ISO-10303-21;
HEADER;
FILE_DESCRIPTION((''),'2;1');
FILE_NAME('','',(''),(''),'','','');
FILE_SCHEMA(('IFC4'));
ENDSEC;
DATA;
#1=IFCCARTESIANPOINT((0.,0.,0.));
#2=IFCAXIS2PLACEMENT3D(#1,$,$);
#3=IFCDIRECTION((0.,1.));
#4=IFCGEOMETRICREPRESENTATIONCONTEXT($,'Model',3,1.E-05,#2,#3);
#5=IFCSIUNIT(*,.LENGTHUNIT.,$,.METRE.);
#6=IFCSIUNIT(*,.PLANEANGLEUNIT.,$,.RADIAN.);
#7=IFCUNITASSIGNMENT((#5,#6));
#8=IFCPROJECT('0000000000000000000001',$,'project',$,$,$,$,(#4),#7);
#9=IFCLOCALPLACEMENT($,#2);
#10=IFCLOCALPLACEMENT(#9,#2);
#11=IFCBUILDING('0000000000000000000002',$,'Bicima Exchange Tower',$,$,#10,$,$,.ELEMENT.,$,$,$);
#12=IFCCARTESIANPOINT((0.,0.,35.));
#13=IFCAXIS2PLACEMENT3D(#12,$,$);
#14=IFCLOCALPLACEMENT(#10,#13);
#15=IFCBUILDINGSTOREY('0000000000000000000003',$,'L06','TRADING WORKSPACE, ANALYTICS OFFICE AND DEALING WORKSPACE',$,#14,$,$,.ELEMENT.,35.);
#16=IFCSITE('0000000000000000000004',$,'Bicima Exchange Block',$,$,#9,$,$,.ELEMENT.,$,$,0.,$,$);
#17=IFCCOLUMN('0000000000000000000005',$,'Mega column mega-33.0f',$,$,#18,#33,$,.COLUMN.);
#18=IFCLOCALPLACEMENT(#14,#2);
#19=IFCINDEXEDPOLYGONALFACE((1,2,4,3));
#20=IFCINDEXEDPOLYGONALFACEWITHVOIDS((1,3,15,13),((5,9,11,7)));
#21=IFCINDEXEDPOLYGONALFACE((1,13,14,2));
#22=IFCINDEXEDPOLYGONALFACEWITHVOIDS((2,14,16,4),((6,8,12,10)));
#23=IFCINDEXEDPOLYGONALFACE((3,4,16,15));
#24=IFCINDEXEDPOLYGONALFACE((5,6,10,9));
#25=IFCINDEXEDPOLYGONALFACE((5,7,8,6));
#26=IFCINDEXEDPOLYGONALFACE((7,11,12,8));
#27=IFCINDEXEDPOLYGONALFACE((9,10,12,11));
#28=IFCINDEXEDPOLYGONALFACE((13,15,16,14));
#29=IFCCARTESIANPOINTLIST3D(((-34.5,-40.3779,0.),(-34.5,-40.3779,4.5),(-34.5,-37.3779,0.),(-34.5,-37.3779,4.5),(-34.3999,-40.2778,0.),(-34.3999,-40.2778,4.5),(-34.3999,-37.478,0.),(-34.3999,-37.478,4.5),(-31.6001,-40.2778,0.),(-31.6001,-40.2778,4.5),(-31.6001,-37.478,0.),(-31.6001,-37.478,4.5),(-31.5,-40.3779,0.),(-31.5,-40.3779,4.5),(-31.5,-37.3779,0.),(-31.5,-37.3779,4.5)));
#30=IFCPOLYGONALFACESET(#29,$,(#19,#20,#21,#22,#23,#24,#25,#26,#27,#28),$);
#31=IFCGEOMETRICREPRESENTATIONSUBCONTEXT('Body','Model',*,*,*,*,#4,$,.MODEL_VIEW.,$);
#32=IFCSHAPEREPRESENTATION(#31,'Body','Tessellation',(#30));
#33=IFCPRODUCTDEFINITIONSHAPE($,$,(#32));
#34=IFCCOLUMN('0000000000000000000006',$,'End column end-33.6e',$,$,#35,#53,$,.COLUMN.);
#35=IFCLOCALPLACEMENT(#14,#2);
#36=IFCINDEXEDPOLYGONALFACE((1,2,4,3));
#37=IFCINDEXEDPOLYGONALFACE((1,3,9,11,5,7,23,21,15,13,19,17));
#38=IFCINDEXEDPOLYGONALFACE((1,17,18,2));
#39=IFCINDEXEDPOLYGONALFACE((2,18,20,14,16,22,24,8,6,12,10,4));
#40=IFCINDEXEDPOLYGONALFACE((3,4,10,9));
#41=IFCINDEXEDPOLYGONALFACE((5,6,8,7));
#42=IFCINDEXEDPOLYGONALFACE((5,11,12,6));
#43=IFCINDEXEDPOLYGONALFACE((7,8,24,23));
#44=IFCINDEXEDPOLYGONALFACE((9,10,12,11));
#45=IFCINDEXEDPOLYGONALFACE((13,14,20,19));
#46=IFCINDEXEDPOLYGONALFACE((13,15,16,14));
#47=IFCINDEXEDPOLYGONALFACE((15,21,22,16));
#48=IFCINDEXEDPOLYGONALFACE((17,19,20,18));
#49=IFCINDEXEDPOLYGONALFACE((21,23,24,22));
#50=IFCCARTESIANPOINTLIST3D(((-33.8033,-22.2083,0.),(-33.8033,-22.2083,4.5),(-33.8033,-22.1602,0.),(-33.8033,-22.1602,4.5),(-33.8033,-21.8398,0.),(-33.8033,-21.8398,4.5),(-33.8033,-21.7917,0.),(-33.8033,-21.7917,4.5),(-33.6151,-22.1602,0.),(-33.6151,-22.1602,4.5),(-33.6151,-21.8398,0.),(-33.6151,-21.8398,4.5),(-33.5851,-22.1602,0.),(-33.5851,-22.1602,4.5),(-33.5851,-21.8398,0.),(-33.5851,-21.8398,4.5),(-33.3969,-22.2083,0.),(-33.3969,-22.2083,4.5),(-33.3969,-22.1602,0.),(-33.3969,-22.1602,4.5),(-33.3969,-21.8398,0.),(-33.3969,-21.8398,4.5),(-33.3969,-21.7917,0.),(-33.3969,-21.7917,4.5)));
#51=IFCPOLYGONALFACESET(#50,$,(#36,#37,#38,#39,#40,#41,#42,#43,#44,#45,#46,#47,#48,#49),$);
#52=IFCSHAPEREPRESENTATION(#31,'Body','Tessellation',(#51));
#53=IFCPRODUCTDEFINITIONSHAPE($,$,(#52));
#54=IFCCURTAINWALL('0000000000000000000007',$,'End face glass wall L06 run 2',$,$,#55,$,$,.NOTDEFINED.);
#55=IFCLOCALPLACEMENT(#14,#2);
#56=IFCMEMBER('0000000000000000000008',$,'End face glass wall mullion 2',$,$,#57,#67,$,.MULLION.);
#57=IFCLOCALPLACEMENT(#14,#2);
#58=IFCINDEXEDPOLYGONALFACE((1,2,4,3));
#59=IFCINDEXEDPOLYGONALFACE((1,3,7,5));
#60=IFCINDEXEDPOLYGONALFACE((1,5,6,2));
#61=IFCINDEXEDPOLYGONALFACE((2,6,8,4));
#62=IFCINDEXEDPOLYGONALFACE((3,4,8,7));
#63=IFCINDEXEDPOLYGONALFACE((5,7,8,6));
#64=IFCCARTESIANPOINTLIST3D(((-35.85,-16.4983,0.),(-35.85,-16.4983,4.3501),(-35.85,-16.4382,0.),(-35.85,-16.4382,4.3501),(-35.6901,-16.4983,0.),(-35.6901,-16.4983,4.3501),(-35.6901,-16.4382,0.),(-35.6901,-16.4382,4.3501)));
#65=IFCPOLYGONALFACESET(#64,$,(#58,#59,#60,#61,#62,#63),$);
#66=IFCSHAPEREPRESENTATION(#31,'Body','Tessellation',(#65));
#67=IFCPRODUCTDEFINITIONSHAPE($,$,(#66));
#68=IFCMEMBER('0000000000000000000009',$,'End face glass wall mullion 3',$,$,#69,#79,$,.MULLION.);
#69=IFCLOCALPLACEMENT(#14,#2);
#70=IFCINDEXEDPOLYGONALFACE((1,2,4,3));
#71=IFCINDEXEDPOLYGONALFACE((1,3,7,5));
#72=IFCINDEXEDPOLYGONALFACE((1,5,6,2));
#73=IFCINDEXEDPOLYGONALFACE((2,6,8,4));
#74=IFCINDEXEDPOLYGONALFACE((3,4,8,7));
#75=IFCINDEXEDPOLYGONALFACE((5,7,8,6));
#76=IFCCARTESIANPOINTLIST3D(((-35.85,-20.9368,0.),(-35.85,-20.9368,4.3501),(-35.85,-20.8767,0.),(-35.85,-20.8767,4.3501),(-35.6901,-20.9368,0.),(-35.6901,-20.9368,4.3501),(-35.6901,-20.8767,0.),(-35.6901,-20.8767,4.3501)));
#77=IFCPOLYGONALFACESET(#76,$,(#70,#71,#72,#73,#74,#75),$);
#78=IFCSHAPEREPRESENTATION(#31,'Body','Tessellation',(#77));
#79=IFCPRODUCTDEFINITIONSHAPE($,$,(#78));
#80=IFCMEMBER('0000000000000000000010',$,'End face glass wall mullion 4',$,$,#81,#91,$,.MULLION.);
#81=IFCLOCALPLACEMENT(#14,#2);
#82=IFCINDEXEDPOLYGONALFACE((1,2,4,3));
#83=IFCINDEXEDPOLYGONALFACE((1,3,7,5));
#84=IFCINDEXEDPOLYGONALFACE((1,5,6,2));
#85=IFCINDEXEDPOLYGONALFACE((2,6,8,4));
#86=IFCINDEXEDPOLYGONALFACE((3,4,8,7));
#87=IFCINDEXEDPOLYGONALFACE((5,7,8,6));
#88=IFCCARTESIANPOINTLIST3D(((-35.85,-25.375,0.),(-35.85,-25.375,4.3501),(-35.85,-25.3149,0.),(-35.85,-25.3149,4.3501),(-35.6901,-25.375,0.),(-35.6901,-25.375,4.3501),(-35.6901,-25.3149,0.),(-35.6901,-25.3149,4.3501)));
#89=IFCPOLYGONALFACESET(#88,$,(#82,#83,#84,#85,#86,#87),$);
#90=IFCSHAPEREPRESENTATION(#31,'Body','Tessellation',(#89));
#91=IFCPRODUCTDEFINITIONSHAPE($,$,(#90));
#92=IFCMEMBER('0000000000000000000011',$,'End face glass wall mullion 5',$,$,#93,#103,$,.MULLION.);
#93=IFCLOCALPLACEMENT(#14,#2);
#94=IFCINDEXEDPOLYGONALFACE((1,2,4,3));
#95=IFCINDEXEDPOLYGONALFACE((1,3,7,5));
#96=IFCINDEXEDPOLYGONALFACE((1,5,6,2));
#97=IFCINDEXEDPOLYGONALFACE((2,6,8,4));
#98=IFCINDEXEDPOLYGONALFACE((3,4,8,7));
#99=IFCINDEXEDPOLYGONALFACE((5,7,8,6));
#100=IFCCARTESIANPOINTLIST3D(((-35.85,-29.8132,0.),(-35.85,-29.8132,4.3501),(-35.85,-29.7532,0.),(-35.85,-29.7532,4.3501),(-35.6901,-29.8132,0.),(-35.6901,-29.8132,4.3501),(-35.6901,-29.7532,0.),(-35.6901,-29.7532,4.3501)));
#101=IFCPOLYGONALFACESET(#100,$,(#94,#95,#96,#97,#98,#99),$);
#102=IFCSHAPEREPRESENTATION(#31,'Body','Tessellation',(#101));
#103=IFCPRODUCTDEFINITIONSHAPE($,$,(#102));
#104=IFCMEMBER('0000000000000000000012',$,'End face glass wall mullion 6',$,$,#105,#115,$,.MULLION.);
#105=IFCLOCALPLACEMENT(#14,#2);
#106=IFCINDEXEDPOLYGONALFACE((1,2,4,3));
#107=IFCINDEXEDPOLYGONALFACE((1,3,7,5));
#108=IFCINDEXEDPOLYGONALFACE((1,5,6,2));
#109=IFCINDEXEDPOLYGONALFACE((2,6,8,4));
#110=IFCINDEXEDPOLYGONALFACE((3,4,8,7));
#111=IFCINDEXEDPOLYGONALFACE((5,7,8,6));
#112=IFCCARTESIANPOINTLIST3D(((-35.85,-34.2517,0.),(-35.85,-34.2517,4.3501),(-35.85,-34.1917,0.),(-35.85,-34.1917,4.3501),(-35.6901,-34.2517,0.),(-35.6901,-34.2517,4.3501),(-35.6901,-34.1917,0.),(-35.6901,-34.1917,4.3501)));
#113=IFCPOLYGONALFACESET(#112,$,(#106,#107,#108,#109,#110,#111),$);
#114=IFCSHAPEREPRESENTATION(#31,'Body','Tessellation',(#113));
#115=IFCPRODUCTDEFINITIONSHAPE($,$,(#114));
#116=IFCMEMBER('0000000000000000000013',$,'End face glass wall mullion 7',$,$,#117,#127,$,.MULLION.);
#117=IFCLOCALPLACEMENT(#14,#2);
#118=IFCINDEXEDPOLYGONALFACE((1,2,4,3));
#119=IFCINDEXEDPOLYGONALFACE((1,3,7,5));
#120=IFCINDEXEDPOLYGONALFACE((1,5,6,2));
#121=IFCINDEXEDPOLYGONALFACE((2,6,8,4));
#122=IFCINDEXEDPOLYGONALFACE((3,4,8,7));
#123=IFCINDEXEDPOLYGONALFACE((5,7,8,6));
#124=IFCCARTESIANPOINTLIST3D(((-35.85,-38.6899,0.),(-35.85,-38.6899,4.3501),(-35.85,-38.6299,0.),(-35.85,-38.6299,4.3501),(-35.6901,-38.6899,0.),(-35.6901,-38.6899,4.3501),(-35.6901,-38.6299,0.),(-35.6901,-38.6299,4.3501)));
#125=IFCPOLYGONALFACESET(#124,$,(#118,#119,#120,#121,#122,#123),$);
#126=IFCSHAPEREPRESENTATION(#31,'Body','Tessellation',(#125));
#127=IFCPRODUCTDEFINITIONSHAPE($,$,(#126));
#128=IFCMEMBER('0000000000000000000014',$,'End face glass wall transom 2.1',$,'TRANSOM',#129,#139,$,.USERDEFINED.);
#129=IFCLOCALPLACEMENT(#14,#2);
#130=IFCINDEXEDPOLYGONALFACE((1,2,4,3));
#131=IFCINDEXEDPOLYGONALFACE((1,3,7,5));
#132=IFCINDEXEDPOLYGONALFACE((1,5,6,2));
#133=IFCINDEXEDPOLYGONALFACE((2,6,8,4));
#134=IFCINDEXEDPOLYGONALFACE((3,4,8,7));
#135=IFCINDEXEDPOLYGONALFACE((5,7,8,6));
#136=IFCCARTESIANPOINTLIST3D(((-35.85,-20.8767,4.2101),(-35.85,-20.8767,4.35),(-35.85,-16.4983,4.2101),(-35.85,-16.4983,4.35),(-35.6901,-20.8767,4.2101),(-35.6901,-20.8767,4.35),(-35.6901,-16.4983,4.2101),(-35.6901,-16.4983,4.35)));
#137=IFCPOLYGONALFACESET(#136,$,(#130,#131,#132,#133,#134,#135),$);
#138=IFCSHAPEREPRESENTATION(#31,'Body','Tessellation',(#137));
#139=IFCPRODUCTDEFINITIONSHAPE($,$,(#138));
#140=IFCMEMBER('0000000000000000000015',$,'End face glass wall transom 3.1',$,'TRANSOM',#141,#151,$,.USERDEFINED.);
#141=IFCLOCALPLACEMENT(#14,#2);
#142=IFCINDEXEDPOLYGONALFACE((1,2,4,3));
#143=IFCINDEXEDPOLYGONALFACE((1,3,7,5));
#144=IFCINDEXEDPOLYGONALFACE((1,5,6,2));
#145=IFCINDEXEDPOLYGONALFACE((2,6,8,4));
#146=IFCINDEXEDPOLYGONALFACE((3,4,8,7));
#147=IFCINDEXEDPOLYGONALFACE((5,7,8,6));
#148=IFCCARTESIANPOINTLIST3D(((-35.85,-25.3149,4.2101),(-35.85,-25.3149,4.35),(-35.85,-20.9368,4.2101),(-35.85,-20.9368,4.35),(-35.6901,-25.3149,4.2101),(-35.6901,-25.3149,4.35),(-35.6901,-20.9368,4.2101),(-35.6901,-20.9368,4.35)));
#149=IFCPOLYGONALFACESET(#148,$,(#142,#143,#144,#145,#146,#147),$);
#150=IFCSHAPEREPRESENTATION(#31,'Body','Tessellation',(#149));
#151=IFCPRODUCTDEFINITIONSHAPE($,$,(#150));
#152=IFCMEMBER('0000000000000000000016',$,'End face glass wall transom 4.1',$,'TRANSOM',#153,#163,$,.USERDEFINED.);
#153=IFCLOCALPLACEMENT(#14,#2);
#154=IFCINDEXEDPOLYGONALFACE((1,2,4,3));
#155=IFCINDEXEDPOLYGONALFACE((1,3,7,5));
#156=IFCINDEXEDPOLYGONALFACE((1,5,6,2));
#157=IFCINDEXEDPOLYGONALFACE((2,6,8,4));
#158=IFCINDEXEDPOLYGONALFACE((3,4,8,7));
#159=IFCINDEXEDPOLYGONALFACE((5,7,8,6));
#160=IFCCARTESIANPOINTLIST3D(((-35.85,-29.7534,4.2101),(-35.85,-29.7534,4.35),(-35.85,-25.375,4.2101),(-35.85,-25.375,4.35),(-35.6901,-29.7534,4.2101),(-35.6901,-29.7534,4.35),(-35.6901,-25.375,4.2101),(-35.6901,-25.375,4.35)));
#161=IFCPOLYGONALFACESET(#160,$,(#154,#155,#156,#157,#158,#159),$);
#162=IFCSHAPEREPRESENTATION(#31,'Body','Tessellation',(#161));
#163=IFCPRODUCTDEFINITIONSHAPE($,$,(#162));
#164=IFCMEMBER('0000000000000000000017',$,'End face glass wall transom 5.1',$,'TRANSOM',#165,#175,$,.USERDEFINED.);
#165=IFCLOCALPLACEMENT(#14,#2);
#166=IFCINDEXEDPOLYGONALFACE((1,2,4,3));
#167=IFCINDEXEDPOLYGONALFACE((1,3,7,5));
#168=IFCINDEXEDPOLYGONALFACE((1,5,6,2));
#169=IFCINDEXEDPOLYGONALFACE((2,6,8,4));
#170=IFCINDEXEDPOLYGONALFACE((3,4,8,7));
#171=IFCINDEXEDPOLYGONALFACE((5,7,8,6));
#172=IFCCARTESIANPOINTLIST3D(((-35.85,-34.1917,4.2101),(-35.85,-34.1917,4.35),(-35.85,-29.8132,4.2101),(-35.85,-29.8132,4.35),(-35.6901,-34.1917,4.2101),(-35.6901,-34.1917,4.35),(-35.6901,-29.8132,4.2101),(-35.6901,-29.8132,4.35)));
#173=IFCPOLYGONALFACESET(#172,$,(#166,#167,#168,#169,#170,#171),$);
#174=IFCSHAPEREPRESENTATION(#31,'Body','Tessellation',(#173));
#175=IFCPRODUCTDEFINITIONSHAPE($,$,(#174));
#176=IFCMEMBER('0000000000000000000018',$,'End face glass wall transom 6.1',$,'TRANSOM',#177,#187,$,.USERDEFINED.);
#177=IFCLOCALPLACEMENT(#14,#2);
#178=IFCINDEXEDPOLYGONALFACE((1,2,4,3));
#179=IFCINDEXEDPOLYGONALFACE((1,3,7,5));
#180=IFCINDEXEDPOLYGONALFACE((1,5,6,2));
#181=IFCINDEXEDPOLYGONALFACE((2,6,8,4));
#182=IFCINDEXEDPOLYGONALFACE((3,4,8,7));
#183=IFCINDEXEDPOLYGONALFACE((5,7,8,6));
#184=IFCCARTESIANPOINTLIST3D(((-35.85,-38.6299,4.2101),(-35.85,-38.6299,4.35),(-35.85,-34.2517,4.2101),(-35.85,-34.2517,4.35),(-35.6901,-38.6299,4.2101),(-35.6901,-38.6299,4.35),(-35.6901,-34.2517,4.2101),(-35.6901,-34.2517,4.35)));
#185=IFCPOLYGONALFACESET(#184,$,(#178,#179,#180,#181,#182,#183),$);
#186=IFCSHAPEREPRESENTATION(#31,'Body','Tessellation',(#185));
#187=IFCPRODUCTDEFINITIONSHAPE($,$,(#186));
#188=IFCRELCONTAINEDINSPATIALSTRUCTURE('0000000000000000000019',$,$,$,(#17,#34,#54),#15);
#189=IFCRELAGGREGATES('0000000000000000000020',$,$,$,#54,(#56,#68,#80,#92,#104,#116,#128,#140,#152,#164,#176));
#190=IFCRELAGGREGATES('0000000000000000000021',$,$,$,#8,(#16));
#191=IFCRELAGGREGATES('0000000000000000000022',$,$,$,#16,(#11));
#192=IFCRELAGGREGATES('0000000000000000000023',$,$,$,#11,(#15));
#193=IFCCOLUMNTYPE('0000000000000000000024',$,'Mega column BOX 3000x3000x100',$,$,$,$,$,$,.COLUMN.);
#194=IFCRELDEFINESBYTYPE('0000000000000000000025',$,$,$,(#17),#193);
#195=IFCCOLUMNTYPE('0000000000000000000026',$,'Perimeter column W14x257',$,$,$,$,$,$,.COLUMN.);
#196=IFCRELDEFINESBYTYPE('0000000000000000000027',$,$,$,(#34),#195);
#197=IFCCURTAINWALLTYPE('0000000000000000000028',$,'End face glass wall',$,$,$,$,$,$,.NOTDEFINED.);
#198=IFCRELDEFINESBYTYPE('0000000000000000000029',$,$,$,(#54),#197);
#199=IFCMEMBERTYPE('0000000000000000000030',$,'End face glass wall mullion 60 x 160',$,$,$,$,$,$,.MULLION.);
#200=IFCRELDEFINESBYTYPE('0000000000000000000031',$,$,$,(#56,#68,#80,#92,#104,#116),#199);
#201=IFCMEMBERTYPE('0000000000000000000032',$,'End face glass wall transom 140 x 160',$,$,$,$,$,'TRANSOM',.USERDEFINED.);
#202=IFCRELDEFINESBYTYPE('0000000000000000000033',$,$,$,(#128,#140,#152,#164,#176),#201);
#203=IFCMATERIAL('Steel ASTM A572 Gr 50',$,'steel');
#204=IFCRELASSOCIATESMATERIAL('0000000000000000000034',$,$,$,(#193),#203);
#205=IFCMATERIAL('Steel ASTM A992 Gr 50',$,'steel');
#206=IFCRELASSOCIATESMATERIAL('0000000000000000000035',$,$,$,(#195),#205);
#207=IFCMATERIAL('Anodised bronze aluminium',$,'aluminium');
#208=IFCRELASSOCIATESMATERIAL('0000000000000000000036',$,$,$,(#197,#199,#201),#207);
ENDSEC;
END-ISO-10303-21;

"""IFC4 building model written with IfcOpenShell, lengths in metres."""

from ifc_helpers import new_model, si_unit, direction, frame, origin, origin_2d, place, context, subcontext, project, spatial, rectangle, hollow_rectangle, i_section, extrude, material, material_profile, profile_set, type_object, element, aggregate, save


model = new_model("IFC4")

# Units and contexts
model_context = context("Model", 3, precision=1e-05, world=origin(), true_north=direction((0.0, 1.0)))
body_context = subcontext(model_context, "Body", "Model", "MODEL_VIEW")
ifc_project = project(units=[si_unit("LENGTHUNIT", "METRE"), si_unit("PLANEANGLEUNIT", "RADIAN")], contexts=[model_context])

# Site, building, storey
site_placement = place(None, origin())
site = spatial("IfcSite", under=ifc_project, at=site_placement, Name="Bicima Exchange Block", CompositionType="ELEMENT", RefElevation=0.0)
building_placement = place(site_placement, origin())
building = spatial("IfcBuilding", under=site, at=building_placement, Name="Bicima Exchange Tower", CompositionType="ELEMENT")
storey_placement = place(building_placement, frame((0.0, 0.0, 35.0)))
storey = spatial("IfcBuildingStorey", under=building, at=storey_placement, Name="L06", Description="TRADING WORKSPACE, ANALYTICS OFFICE AND DEALING WORKSPACE", CompositionType="ELEMENT", Elevation=35.0)

# Columns
ifc_material_1 = material(Name="Steel ASTM A572 Gr 50", Category="steel")
ifc_material_profile_1 = material_profile(ifc_material_1, hollow_rectangle(XDim=3.0, YDim=3.0, WallThickness=0.1001, at=origin_2d()))
ifc_profile_set_1 = profile_set([ifc_material_profile_1], Name="Steel ASTM A572 Gr 50")
column_type_1 = type_object("IfcColumnType", Name="Mega column BOX 3000x3000x100", PredefinedType="COLUMN", material=ifc_profile_set_1)
column_1_placement = place(storey_placement, frame((-33.0, -38.8779, 0.0), z_axis=(0.0, 0.0, 1.0), x_axis=(1.0, 0.0, 0.0)))
element("IfcColumn", 1, at=column_1_placement, inside=storey, type_object=column_type_1, Name="Mega column mega-33.0f", PredefinedType="COLUMN", context=body_context, shape_type="SweptSolid", body=[
    extrude(hollow_rectangle(XDim=3.0, YDim=3.0, WallThickness=0.1001, at=origin_2d()), origin(), (0.0, 0.0, 1.0), 4.5),
])
ifc_material_2 = material(Name="Steel ASTM A992 Gr 50", Category="steel")
ifc_material_profile_2 = material_profile(ifc_material_2, i_section(OverallWidth=0.4065, OverallDepth=0.4165, WebThickness=0.03, FlangeThickness=0.0481, at=origin_2d()))
ifc_profile_set_2 = profile_set([ifc_material_profile_2], Name="Steel ASTM A992 Gr 50")
column_type_2 = type_object("IfcColumnType", Name="Perimeter column W14x257", PredefinedType="COLUMN", material=ifc_profile_set_2)
column_2_placement = place(storey_placement, frame((-33.6001, -22.0, 0.0), z_axis=(0.0, 0.0, 1.0), x_axis=(1.0, 0.0, 0.0)))
element("IfcColumn", 2, at=column_2_placement, inside=storey, type_object=column_type_2, Name="End column end-33.6e", PredefinedType="COLUMN", context=body_context, shape_type="SweptSolid", body=[
    extrude(i_section(OverallWidth=0.4065, OverallDepth=0.4165, WebThickness=0.03, FlangeThickness=0.0481, at=origin_2d()), origin(), (0.0, 0.0, 1.0), 4.5),
])

# Curtain wall, members
ifc_material_3 = material(Name="Anodised bronze aluminium", Category="aluminium")
curtain_wall_type_1 = type_object("IfcCurtainWallType", Name="End face glass wall", PredefinedType="NOTDEFINED", material=ifc_material_3)
curtain_wall_1_placement = place(storey_placement, origin())
curtain_wall_1 = element("IfcCurtainWall", 3, at=curtain_wall_1_placement, inside=storey, type_object=curtain_wall_type_1, Name="End face glass wall L06 run 2", PredefinedType="NOTDEFINED")
ifc_material_profile_3 = material_profile(ifc_material_3, rectangle(XDim=0.1599, YDim=0.0601, at=origin_2d()))
ifc_profile_set_3 = profile_set([ifc_material_profile_3], Name="Anodised bronze aluminium")
member_type_1 = type_object("IfcMemberType", Name="End face glass wall mullion 60 x 160", PredefinedType="MULLION", material=ifc_profile_set_3)
member_1_placement = place(storey_placement, frame((-35.77, -16.4683, 0.0), z_axis=(0.0, 0.0, 1.0), x_axis=(1.0, 0.0, 0.0)))
member_1 = element("IfcMember", 4, at=member_1_placement, type_object=member_type_1, Name="End face glass wall mullion 2", PredefinedType="MULLION", context=body_context, shape_type="SweptSolid", body=[
    extrude(rectangle(XDim=0.1599, YDim=0.0601, at=origin_2d()), origin(), (0.0, 0.0, 1.0), 4.3501),
])
member_2_placement = place(storey_placement, frame((-35.77, -20.9067, 0.0), z_axis=(0.0, 0.0, 1.0), x_axis=(1.0, 0.0, 0.0)))
member_2 = element("IfcMember", 5, at=member_2_placement, type_object=member_type_1, Name="End face glass wall mullion 3", PredefinedType="MULLION", context=body_context, shape_type="SweptSolid", body=[
    extrude(rectangle(XDim=0.1599, YDim=0.0601, at=origin_2d()), origin(), (0.0, 0.0, 1.0), 4.3501),
])
member_3_placement = place(storey_placement, frame((-35.77, -25.345, 0.0), z_axis=(0.0, 0.0, 1.0), x_axis=(1.0, 0.0, 0.0)))
member_3 = element("IfcMember", 6, at=member_3_placement, type_object=member_type_1, Name="End face glass wall mullion 4", PredefinedType="MULLION", context=body_context, shape_type="SweptSolid", body=[
    extrude(rectangle(XDim=0.1599, YDim=0.0601, at=origin_2d()), origin(), (0.0, 0.0, 1.0), 4.3501),
])
member_4_placement = place(storey_placement, frame((-35.77, -29.7832, 0.0), z_axis=(0.0, 0.0, 1.0), x_axis=(1.0, 0.0, 0.0)))
member_4 = element("IfcMember", 7, at=member_4_placement, type_object=member_type_1, Name="End face glass wall mullion 5", PredefinedType="MULLION", context=body_context, shape_type="SweptSolid", body=[
    extrude(rectangle(XDim=0.1599, YDim=0.0601, at=origin_2d()), origin(), (0.0, 0.0, 1.0), 4.3501),
])
member_5_placement = place(storey_placement, frame((-35.77, -34.2217, 0.0), z_axis=(0.0, 0.0, 1.0), x_axis=(1.0, 0.0, 0.0)))
member_5 = element("IfcMember", 8, at=member_5_placement, type_object=member_type_1, Name="End face glass wall mullion 6", PredefinedType="MULLION", context=body_context, shape_type="SweptSolid", body=[
    extrude(rectangle(XDim=0.1599, YDim=0.0601, at=origin_2d()), origin(), (0.0, 0.0, 1.0), 4.3501),
])
member_6_placement = place(storey_placement, frame((-35.77, -38.6599, 0.0), z_axis=(0.0, 0.0, 1.0), x_axis=(1.0, 0.0, 0.0)))
member_6 = element("IfcMember", 9, at=member_6_placement, type_object=member_type_1, Name="End face glass wall mullion 7", PredefinedType="MULLION", context=body_context, shape_type="SweptSolid", body=[
    extrude(rectangle(XDim=0.1599, YDim=0.0601, at=origin_2d()), origin(), (0.0, 0.0, 1.0), 4.3501),
])
ifc_material_profile_4 = material_profile(ifc_material_3, rectangle(XDim=0.1599, YDim=0.1399, at=origin_2d()))
ifc_profile_set_4 = profile_set([ifc_material_profile_4], Name="Anodised bronze aluminium")
member_type_2 = type_object("IfcMemberType", Name="End face glass wall transom 140 x 160", ElementType="TRANSOM", PredefinedType="USERDEFINED", material=ifc_profile_set_4)
member_7_placement = place(storey_placement, frame((-35.77, -16.4983, 4.28), z_axis=(0.0, -1.0, 0.0), x_axis=(1.0, 0.0, 0.0)))
member_7 = element("IfcMember", 10, at=member_7_placement, type_object=member_type_2, Name="End face glass wall transom 2.1", ObjectType="TRANSOM", PredefinedType="USERDEFINED", context=body_context, shape_type="SweptSolid", body=[
    extrude(rectangle(XDim=0.1599, YDim=0.1399, at=origin_2d()), origin(), (0.0, 0.0, 1.0), 4.3784),
])
member_8_placement = place(storey_placement, frame((-35.77, -20.9368, 4.28), z_axis=(0.0, -1.0, 0.0), x_axis=(1.0, 0.0, 0.0)))
member_8 = element("IfcMember", 11, at=member_8_placement, type_object=member_type_2, Name="End face glass wall transom 3.1", ObjectType="TRANSOM", PredefinedType="USERDEFINED", context=body_context, shape_type="SweptSolid", body=[
    extrude(rectangle(XDim=0.1599, YDim=0.1399, at=origin_2d()), origin(), (0.0, 0.0, 1.0), 4.3782),
])
member_9_placement = place(storey_placement, frame((-35.77, -25.375, 4.28), z_axis=(0.0, -1.0, 0.0), x_axis=(1.0, 0.0, 0.0)))
member_9 = element("IfcMember", 12, at=member_9_placement, type_object=member_type_2, Name="End face glass wall transom 4.1", ObjectType="TRANSOM", PredefinedType="USERDEFINED", context=body_context, shape_type="SweptSolid", body=[
    extrude(rectangle(XDim=0.1599, YDim=0.1399, at=origin_2d()), origin(), (0.0, 0.0, 1.0), 4.3784),
])
member_10_placement = place(storey_placement, frame((-35.77, -29.8132, 4.28), z_axis=(0.0, -1.0, 0.0), x_axis=(1.0, 0.0, 0.0)))
member_10 = element("IfcMember", 13, at=member_10_placement, type_object=member_type_2, Name="End face glass wall transom 5.1", ObjectType="TRANSOM", PredefinedType="USERDEFINED", context=body_context, shape_type="SweptSolid", body=[
    extrude(rectangle(XDim=0.1599, YDim=0.1399, at=origin_2d()), origin(), (0.0, 0.0, 1.0), 4.3784),
])
member_11_placement = place(storey_placement, frame((-35.77, -34.2517, 4.28), z_axis=(0.0, -1.0, 0.0), x_axis=(1.0, 0.0, 0.0)))
member_11 = element("IfcMember", 14, at=member_11_placement, type_object=member_type_2, Name="End face glass wall transom 6.1", ObjectType="TRANSOM", PredefinedType="USERDEFINED", context=body_context, shape_type="SweptSolid", body=[
    extrude(rectangle(XDim=0.1599, YDim=0.1399, at=origin_2d()), origin(), (0.0, 0.0, 1.0), 4.3782),
])

aggregate(curtain_wall_1, [member_1, member_2, member_3, member_4, member_5, member_6, member_7, member_8, member_9, member_10, member_11])

save(model, "model.ifc")
